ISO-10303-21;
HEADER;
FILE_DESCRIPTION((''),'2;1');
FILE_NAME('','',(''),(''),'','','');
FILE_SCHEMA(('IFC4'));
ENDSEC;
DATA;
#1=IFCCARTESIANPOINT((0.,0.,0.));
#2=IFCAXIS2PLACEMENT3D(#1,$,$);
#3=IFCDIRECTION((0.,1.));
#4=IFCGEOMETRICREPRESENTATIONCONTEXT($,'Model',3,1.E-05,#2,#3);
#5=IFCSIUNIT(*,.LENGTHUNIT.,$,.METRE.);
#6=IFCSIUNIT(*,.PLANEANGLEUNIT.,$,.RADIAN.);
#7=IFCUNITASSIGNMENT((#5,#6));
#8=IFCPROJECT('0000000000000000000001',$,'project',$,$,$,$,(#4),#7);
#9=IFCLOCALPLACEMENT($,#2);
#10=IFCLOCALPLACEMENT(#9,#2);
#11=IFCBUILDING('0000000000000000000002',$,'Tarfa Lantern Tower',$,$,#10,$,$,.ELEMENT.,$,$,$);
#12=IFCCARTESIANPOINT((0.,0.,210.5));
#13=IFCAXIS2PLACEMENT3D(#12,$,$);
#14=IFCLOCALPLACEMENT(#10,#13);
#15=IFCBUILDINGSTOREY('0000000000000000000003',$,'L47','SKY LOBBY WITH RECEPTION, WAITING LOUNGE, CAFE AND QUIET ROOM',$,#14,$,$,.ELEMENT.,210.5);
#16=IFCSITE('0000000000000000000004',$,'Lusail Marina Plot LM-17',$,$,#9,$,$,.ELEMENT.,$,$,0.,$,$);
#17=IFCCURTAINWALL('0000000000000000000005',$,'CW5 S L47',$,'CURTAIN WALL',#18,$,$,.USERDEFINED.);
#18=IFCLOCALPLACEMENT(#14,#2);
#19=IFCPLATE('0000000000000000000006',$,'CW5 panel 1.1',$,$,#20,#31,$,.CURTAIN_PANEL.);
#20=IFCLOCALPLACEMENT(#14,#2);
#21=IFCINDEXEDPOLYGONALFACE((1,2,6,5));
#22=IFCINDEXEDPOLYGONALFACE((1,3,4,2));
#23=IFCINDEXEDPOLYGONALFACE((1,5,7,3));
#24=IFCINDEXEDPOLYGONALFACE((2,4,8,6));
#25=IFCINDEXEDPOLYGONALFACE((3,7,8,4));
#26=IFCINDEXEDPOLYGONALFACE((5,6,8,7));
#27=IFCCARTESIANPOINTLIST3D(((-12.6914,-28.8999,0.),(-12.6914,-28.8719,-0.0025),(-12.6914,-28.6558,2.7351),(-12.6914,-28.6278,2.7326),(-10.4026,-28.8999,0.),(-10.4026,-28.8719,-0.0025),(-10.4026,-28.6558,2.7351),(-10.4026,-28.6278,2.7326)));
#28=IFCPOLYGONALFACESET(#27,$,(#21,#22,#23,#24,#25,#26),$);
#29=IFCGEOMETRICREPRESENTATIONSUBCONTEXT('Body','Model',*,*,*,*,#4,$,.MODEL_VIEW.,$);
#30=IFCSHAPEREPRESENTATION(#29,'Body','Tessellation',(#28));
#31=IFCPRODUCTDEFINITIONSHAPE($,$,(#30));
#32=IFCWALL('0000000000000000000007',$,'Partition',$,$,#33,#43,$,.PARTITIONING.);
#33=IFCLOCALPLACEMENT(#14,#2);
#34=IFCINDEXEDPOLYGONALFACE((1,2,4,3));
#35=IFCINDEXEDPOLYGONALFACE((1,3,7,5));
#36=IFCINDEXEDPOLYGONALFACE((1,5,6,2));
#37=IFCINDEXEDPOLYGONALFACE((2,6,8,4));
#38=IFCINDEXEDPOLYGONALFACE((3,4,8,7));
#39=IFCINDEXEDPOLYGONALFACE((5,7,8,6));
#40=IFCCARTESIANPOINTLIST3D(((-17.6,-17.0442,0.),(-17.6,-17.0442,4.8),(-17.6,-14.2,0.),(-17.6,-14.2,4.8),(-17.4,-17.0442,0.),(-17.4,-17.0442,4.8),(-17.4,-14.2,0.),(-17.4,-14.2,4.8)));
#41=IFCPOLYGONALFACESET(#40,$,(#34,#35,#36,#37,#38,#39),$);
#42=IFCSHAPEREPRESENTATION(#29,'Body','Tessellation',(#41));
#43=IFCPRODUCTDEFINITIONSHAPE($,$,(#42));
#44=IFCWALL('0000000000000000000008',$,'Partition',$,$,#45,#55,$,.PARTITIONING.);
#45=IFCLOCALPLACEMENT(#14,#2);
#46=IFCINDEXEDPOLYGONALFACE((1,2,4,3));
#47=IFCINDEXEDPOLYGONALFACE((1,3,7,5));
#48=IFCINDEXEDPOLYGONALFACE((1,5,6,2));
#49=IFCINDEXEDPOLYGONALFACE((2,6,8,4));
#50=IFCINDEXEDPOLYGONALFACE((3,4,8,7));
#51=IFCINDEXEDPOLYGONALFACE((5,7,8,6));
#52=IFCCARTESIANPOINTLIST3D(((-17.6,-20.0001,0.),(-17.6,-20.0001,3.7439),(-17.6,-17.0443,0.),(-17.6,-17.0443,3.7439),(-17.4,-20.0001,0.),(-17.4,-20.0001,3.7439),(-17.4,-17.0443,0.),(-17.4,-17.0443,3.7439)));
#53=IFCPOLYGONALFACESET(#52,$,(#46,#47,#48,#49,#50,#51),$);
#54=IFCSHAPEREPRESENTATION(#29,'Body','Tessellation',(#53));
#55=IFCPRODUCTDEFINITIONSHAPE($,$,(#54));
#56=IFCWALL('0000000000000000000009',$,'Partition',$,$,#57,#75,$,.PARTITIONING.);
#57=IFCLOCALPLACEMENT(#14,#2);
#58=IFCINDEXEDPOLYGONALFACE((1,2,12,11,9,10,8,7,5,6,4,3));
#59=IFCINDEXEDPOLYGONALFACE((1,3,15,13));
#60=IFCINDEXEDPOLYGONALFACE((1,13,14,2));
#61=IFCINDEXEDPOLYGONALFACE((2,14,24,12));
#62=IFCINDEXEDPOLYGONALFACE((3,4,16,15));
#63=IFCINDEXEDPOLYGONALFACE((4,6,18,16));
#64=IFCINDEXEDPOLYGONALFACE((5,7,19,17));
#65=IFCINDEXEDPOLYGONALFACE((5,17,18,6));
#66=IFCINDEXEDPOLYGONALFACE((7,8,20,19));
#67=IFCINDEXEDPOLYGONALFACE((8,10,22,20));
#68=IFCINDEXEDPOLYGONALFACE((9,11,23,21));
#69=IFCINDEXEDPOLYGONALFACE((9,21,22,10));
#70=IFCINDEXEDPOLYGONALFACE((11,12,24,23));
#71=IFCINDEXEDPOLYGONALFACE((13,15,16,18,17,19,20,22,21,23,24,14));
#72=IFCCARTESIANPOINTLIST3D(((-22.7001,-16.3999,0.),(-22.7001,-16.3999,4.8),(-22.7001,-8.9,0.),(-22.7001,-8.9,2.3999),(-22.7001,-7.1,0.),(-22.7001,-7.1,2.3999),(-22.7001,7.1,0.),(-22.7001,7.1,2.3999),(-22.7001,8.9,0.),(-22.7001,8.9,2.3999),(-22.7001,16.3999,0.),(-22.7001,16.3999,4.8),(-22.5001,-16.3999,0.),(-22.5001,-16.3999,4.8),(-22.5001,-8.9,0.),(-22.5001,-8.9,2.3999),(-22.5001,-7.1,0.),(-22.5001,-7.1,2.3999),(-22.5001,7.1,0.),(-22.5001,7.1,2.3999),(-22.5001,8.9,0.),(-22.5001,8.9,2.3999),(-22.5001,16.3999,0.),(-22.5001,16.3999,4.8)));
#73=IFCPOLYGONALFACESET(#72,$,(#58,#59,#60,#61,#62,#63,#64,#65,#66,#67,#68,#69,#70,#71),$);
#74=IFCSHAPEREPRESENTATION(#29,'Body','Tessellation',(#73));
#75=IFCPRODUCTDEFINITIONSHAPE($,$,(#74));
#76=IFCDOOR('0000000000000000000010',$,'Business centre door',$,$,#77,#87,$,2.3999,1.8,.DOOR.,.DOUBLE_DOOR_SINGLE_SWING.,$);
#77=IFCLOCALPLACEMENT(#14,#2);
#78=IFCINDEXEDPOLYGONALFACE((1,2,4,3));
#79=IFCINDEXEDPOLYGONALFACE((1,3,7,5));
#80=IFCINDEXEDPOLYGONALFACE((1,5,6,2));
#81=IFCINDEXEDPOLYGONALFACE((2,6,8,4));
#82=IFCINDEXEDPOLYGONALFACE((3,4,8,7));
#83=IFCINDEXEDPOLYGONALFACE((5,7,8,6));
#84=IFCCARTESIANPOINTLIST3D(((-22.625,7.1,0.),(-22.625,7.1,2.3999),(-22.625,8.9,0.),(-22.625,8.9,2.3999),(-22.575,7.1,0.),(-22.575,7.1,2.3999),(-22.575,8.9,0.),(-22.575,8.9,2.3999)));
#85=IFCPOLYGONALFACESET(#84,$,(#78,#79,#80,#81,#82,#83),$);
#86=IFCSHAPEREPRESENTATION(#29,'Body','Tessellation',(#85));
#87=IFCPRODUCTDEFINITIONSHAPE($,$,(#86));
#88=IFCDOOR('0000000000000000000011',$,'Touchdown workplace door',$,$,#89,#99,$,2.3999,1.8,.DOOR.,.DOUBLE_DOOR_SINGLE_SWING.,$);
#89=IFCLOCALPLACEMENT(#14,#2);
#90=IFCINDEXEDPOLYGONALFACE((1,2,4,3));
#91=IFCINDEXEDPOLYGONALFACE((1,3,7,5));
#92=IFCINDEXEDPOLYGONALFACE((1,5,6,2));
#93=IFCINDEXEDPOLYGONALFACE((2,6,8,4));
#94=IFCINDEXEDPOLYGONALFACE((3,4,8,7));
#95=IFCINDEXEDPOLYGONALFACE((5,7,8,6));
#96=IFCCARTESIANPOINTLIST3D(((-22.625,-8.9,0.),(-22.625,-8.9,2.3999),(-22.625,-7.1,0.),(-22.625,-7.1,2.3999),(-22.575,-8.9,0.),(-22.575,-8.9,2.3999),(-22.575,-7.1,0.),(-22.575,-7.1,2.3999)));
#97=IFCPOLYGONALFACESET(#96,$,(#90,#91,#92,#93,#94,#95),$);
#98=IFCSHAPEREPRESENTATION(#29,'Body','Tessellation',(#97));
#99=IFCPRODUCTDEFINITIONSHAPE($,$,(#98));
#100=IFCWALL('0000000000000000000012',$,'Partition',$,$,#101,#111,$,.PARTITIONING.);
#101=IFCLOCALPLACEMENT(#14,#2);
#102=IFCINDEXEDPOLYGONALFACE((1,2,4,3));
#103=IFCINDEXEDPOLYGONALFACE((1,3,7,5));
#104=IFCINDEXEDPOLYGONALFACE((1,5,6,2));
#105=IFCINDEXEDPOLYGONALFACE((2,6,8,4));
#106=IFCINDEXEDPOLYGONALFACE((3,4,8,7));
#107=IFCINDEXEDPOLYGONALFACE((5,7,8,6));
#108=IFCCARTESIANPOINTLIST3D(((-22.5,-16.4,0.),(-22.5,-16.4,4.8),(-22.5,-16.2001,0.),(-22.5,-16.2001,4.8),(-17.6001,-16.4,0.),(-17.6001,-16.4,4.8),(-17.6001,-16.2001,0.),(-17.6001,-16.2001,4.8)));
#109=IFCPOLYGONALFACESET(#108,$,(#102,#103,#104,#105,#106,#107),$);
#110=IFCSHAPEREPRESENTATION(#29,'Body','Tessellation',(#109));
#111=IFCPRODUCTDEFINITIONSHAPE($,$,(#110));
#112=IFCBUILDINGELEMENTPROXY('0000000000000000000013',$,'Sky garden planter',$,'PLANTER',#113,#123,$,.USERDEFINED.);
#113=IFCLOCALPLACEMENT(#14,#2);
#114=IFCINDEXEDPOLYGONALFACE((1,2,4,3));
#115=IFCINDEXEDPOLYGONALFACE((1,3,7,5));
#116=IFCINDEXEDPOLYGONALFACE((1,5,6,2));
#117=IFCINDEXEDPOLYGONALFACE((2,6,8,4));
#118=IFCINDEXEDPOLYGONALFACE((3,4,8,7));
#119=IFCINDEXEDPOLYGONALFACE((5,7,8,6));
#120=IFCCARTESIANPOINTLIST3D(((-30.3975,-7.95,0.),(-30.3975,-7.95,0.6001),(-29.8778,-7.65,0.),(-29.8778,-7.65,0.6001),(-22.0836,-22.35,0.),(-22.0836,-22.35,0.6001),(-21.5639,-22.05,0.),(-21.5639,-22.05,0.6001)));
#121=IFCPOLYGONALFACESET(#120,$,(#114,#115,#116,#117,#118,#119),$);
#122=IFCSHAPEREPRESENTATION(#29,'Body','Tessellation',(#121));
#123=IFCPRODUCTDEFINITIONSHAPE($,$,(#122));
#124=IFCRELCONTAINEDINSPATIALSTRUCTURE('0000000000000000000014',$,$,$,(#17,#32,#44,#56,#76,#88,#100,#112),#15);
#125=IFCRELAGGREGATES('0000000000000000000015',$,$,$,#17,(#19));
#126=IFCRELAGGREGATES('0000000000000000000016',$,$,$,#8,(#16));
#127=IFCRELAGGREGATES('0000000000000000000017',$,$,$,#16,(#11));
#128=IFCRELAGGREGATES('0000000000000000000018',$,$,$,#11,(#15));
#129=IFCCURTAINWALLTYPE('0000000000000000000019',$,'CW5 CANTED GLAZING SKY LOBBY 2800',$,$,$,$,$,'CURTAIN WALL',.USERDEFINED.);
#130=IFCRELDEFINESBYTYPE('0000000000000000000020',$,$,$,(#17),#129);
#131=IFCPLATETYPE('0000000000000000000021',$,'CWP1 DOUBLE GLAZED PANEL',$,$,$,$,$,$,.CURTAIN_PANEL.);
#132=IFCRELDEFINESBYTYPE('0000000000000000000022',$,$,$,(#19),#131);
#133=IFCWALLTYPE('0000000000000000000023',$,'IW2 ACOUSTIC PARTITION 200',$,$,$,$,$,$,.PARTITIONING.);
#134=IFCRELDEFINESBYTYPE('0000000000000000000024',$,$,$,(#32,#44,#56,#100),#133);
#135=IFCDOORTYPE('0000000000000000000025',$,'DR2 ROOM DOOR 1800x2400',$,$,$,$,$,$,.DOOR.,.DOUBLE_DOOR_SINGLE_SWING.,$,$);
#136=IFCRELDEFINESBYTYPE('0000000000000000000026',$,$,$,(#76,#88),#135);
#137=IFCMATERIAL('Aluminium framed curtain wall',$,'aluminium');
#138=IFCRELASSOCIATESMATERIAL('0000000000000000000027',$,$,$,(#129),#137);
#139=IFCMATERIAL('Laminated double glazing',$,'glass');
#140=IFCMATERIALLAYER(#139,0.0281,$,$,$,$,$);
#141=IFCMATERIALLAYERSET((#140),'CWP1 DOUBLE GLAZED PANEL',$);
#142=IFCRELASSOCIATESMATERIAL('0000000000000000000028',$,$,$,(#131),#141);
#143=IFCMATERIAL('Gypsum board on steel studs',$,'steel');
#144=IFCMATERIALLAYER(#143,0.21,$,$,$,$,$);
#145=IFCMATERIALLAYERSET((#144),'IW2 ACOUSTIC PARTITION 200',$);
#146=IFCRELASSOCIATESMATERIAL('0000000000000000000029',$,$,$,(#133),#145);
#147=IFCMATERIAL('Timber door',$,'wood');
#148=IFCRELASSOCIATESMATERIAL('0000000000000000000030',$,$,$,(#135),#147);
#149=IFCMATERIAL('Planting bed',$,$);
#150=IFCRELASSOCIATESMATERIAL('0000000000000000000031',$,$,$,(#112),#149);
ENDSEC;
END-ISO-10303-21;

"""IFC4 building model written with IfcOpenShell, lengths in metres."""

from ifc_helpers import new_model, si_unit, direction, frame, frame_2d, origin, origin_2d, place, context, subcontext, project, spatial, polyline, rectangle, outline, extrude, material, layer, layer_set, type_object, element, fill, aggregate, save


model = new_model("IFC4")

# Units and contexts
model_context = context("Model", 3, precision=1e-05, world=origin(), true_north=direction((0.0, 1.0)))
body_context = subcontext(model_context, "Body", "Model", "MODEL_VIEW")
ifc_project = project(units=[si_unit("LENGTHUNIT", "METRE"), si_unit("PLANEANGLEUNIT", "RADIAN")], contexts=[model_context])

# Site, building, storey
site_placement = place(None, origin())
site = spatial("IfcSite", under=ifc_project, at=site_placement, Name="Lusail Marina Plot LM-17", CompositionType="ELEMENT", RefElevation=0.0)
building_placement = place(site_placement, origin())
building = spatial("IfcBuilding", under=site, at=building_placement, Name="Tarfa Lantern Tower", CompositionType="ELEMENT")
storey_placement = place(building_placement, frame((0.0, 0.0, 210.5)))
storey = spatial("IfcBuildingStorey", under=building, at=storey_placement, Name="L47", Description="SKY LOBBY WITH RECEPTION, WAITING LOUNGE, CAFE AND QUIET ROOM", CompositionType="ELEMENT", Elevation=210.5)

# Curtain wall
ifc_material_1 = material(Name="Aluminium framed curtain wall", Category="aluminium")
curtain_wall_type = type_object("IfcCurtainWallType", Name="CW5 CANTED GLAZING SKY LOBBY 2800", ElementType="CURTAIN WALL", PredefinedType="USERDEFINED", material=ifc_material_1)
curtain_wall_placement = place(storey_placement, origin())
curtain_wall = element("IfcCurtainWall", 1, at=curtain_wall_placement, inside=storey, type_object=curtain_wall_type, Name="CW5 S L47", ObjectType="CURTAIN WALL", PredefinedType="USERDEFINED")

# Plate
ifc_material_2 = material(Name="Laminated double glazing", Category="glass")
ifc_layer_1 = layer(ifc_material_2, 0.0281)
ifc_layer_set_1 = layer_set([ifc_layer_1], Name="CWP1 DOUBLE GLAZED PANEL")
plate_type = type_object("IfcPlateType", Name="CWP1 DOUBLE GLAZED PANEL", PredefinedType="CURTAIN_PANEL", material=ifc_layer_set_1)
plate_placement = place(storey_placement, frame((-12.6914, -28.8999, 0.0), z_axis=(0.0, -0.99604, 0.088908), x_axis=(1.0, 0.0, 0.0)))
plate = element("IfcPlate", 2, at=plate_placement, type_object=plate_type, Name="CW5 panel 1.1", PredefinedType="CURTAIN_PANEL", context=body_context, shape_type="SweptSolid", body=[
    extrude(outline(polyline([(0.0, 0.0), (2.2888, 0.0), (2.2888, 2.746), (0.0, 2.746), (0.0, 0.0)])), origin(), (0.0, 0.0, -1.0), 0.0281),
])
aggregate(curtain_wall, [plate])

# Walls
ifc_material_3 = material(Name="Gypsum board on steel studs", Category="steel")
ifc_layer_2 = layer(ifc_material_3, 0.21)
ifc_layer_set_2 = layer_set([ifc_layer_2], Name="IW2 ACOUSTIC PARTITION 200")
wall_type = type_object("IfcWallType", Name="IW2 ACOUSTIC PARTITION 200", PredefinedType="PARTITIONING", material=ifc_layer_set_2)
wall_1_placement = place(storey_placement, frame((-17.5, -14.2, 0.0), z_axis=(0.0, 0.0, 1.0), x_axis=(0.0, -1.0, 0.0)))
element("IfcWall", 3, at=wall_1_placement, inside=storey, type_object=wall_type, Name="Partition", PredefinedType="PARTITIONING", context=body_context, shape_type="SweptSolid", body=[
    extrude(rectangle(XDim=2.8442, YDim=0.2, at=frame_2d((1.4221, 0.0))), origin(), (0.0, 0.0, 1.0), 4.8),
])
wall_2_placement = place(storey_placement, frame((-17.5, -17.0442, 0.0), z_axis=(0.0, 0.0, 1.0), x_axis=(0.0, -1.0, 0.0)))
element("IfcWall", 4, at=wall_2_placement, inside=storey, type_object=wall_type, Name="Partition", PredefinedType="PARTITIONING", context=body_context, shape_type="SweptSolid", body=[
    extrude(rectangle(XDim=2.9558, YDim=0.2, at=frame_2d((1.478, 0.0))), origin(), (0.0, 0.0, 1.0), 3.7439),
])

# Wall, openings, doors
wall_3_placement = place(storey_placement, frame((-22.6001, -16.3999, 0.0), z_axis=(0.0, 0.0, 1.0), x_axis=(0.0, 1.0, 0.0)))
wall_3 = element("IfcWall", 5, at=wall_3_placement, inside=storey, type_object=wall_type, Name="Partition", PredefinedType="PARTITIONING", context=body_context, shape_type="SweptSolid", body=[
    extrude(rectangle(XDim=32.7998, YDim=0.2, at=frame_2d((16.3999, 0.0))), origin(), (0.0, 0.0, 1.0), 4.8),
])
opening_1_placement = place(wall_3_placement, frame((23.5, 0.0, 0.0)))
opening_1 = element("IfcOpeningElement", 6, at=opening_1_placement, cuts=wall_3, PredefinedType="OPENING", context=body_context, shape_type="SweptSolid", body=[
    extrude(rectangle(XDim=1.8, YDim=2.3999, at=frame_2d((0.8999, 1.2))), frame((0.0, 0.1099, 0.0), z_axis=(0.0, -1.0, 0.0), x_axis=(1.0, 0.0, 0.0)), (0.0, 0.0, 1.0), 0.22),
])
opening_2_placement = place(wall_3_placement, frame((7.5, 0.0, 0.0)))
opening_2 = element("IfcOpeningElement", 7, at=opening_2_placement, cuts=wall_3, PredefinedType="OPENING", context=body_context, shape_type="SweptSolid", body=[
    extrude(rectangle(XDim=1.8, YDim=2.3999, at=frame_2d((0.8999, 1.2))), frame((0.0, 0.1099, 0.0), z_axis=(0.0, -1.0, 0.0), x_axis=(1.0, 0.0, 0.0)), (0.0, 0.0, 1.0), 0.22),
])
ifc_material_4 = material(Name="Timber door", Category="wood")
door_type = type_object("IfcDoorType", Name="DR2 ROOM DOOR 1800x2400", OperationType="DOUBLE_DOOR_SINGLE_SWING", PredefinedType="DOOR", material=ifc_material_4)
door_1_placement = place(opening_1_placement, origin())
door_1 = element("IfcDoor", 8, at=door_1_placement, inside=storey, type_object=door_type, Name="Business centre door", OperationType="DOUBLE_DOOR_SINGLE_SWING", OverallHeight=2.3999, OverallWidth=1.8, PredefinedType="DOOR", context=body_context, shape_type="SweptSolid", body=[
    extrude(rectangle(XDim=1.8, YDim=2.3999, at=frame_2d((0.8999, 1.2))), frame((0.0, 0.0249, 0.0), z_axis=(0.0, -1.0, 0.0), x_axis=(1.0, 0.0, 0.0)), (0.0, 0.0, 1.0), 0.05),
])
fill(opening_1, door_1)
door_2_placement = place(opening_2_placement, origin())
door_2 = element("IfcDoor", 9, at=door_2_placement, inside=storey, type_object=door_type, Name="Touchdown workplace door", OperationType="DOUBLE_DOOR_SINGLE_SWING", OverallHeight=2.3999, OverallWidth=1.8, PredefinedType="DOOR", context=body_context, shape_type="SweptSolid", body=[
    extrude(rectangle(XDim=1.8, YDim=2.3999, at=frame_2d((0.8999, 1.2))), frame((0.0, 0.0249, 0.0), z_axis=(0.0, -1.0, 0.0), x_axis=(1.0, 0.0, 0.0)), (0.0, 0.0, 1.0), 0.05),
])
fill(opening_2, door_2)

# Wall
wall_4_placement = place(storey_placement, frame((-17.6001, -16.3, 0.0), z_axis=(0.0, 0.0, 1.0), x_axis=(-1.0, 0.0, 0.0)))
element("IfcWall", 10, at=wall_4_placement, inside=storey, type_object=wall_type, Name="Partition", PredefinedType="PARTITIONING", context=body_context, shape_type="SweptSolid", body=[
    extrude(rectangle(XDim=4.8999, YDim=0.2, at=frame_2d((2.45, 0.0))), origin(), (0.0, 0.0, 1.0), 4.8),
])

# Building element proxy
ifc_material_5 = material(Name="Planting bed")
proxy_placement = place(storey_placement, frame((-25.9807, -15.0, 0.0), z_axis=(0.0, 0.0, 1.0), x_axis=(0.5, -0.866025, 0.0)))
element("IfcBuildingElementProxy", 11, at=proxy_placement, inside=storey, material=ifc_material_5, Name="Sky garden planter", ObjectType="PLANTER", PredefinedType="USERDEFINED", context=body_context, shape_type="SweptSolid", body=[
    extrude(rectangle(XDim=16.6277, YDim=0.6001, at=origin_2d()), origin(), (0.0, 0.0, 1.0), 0.6001),
])

save(model, "model.ifc")
